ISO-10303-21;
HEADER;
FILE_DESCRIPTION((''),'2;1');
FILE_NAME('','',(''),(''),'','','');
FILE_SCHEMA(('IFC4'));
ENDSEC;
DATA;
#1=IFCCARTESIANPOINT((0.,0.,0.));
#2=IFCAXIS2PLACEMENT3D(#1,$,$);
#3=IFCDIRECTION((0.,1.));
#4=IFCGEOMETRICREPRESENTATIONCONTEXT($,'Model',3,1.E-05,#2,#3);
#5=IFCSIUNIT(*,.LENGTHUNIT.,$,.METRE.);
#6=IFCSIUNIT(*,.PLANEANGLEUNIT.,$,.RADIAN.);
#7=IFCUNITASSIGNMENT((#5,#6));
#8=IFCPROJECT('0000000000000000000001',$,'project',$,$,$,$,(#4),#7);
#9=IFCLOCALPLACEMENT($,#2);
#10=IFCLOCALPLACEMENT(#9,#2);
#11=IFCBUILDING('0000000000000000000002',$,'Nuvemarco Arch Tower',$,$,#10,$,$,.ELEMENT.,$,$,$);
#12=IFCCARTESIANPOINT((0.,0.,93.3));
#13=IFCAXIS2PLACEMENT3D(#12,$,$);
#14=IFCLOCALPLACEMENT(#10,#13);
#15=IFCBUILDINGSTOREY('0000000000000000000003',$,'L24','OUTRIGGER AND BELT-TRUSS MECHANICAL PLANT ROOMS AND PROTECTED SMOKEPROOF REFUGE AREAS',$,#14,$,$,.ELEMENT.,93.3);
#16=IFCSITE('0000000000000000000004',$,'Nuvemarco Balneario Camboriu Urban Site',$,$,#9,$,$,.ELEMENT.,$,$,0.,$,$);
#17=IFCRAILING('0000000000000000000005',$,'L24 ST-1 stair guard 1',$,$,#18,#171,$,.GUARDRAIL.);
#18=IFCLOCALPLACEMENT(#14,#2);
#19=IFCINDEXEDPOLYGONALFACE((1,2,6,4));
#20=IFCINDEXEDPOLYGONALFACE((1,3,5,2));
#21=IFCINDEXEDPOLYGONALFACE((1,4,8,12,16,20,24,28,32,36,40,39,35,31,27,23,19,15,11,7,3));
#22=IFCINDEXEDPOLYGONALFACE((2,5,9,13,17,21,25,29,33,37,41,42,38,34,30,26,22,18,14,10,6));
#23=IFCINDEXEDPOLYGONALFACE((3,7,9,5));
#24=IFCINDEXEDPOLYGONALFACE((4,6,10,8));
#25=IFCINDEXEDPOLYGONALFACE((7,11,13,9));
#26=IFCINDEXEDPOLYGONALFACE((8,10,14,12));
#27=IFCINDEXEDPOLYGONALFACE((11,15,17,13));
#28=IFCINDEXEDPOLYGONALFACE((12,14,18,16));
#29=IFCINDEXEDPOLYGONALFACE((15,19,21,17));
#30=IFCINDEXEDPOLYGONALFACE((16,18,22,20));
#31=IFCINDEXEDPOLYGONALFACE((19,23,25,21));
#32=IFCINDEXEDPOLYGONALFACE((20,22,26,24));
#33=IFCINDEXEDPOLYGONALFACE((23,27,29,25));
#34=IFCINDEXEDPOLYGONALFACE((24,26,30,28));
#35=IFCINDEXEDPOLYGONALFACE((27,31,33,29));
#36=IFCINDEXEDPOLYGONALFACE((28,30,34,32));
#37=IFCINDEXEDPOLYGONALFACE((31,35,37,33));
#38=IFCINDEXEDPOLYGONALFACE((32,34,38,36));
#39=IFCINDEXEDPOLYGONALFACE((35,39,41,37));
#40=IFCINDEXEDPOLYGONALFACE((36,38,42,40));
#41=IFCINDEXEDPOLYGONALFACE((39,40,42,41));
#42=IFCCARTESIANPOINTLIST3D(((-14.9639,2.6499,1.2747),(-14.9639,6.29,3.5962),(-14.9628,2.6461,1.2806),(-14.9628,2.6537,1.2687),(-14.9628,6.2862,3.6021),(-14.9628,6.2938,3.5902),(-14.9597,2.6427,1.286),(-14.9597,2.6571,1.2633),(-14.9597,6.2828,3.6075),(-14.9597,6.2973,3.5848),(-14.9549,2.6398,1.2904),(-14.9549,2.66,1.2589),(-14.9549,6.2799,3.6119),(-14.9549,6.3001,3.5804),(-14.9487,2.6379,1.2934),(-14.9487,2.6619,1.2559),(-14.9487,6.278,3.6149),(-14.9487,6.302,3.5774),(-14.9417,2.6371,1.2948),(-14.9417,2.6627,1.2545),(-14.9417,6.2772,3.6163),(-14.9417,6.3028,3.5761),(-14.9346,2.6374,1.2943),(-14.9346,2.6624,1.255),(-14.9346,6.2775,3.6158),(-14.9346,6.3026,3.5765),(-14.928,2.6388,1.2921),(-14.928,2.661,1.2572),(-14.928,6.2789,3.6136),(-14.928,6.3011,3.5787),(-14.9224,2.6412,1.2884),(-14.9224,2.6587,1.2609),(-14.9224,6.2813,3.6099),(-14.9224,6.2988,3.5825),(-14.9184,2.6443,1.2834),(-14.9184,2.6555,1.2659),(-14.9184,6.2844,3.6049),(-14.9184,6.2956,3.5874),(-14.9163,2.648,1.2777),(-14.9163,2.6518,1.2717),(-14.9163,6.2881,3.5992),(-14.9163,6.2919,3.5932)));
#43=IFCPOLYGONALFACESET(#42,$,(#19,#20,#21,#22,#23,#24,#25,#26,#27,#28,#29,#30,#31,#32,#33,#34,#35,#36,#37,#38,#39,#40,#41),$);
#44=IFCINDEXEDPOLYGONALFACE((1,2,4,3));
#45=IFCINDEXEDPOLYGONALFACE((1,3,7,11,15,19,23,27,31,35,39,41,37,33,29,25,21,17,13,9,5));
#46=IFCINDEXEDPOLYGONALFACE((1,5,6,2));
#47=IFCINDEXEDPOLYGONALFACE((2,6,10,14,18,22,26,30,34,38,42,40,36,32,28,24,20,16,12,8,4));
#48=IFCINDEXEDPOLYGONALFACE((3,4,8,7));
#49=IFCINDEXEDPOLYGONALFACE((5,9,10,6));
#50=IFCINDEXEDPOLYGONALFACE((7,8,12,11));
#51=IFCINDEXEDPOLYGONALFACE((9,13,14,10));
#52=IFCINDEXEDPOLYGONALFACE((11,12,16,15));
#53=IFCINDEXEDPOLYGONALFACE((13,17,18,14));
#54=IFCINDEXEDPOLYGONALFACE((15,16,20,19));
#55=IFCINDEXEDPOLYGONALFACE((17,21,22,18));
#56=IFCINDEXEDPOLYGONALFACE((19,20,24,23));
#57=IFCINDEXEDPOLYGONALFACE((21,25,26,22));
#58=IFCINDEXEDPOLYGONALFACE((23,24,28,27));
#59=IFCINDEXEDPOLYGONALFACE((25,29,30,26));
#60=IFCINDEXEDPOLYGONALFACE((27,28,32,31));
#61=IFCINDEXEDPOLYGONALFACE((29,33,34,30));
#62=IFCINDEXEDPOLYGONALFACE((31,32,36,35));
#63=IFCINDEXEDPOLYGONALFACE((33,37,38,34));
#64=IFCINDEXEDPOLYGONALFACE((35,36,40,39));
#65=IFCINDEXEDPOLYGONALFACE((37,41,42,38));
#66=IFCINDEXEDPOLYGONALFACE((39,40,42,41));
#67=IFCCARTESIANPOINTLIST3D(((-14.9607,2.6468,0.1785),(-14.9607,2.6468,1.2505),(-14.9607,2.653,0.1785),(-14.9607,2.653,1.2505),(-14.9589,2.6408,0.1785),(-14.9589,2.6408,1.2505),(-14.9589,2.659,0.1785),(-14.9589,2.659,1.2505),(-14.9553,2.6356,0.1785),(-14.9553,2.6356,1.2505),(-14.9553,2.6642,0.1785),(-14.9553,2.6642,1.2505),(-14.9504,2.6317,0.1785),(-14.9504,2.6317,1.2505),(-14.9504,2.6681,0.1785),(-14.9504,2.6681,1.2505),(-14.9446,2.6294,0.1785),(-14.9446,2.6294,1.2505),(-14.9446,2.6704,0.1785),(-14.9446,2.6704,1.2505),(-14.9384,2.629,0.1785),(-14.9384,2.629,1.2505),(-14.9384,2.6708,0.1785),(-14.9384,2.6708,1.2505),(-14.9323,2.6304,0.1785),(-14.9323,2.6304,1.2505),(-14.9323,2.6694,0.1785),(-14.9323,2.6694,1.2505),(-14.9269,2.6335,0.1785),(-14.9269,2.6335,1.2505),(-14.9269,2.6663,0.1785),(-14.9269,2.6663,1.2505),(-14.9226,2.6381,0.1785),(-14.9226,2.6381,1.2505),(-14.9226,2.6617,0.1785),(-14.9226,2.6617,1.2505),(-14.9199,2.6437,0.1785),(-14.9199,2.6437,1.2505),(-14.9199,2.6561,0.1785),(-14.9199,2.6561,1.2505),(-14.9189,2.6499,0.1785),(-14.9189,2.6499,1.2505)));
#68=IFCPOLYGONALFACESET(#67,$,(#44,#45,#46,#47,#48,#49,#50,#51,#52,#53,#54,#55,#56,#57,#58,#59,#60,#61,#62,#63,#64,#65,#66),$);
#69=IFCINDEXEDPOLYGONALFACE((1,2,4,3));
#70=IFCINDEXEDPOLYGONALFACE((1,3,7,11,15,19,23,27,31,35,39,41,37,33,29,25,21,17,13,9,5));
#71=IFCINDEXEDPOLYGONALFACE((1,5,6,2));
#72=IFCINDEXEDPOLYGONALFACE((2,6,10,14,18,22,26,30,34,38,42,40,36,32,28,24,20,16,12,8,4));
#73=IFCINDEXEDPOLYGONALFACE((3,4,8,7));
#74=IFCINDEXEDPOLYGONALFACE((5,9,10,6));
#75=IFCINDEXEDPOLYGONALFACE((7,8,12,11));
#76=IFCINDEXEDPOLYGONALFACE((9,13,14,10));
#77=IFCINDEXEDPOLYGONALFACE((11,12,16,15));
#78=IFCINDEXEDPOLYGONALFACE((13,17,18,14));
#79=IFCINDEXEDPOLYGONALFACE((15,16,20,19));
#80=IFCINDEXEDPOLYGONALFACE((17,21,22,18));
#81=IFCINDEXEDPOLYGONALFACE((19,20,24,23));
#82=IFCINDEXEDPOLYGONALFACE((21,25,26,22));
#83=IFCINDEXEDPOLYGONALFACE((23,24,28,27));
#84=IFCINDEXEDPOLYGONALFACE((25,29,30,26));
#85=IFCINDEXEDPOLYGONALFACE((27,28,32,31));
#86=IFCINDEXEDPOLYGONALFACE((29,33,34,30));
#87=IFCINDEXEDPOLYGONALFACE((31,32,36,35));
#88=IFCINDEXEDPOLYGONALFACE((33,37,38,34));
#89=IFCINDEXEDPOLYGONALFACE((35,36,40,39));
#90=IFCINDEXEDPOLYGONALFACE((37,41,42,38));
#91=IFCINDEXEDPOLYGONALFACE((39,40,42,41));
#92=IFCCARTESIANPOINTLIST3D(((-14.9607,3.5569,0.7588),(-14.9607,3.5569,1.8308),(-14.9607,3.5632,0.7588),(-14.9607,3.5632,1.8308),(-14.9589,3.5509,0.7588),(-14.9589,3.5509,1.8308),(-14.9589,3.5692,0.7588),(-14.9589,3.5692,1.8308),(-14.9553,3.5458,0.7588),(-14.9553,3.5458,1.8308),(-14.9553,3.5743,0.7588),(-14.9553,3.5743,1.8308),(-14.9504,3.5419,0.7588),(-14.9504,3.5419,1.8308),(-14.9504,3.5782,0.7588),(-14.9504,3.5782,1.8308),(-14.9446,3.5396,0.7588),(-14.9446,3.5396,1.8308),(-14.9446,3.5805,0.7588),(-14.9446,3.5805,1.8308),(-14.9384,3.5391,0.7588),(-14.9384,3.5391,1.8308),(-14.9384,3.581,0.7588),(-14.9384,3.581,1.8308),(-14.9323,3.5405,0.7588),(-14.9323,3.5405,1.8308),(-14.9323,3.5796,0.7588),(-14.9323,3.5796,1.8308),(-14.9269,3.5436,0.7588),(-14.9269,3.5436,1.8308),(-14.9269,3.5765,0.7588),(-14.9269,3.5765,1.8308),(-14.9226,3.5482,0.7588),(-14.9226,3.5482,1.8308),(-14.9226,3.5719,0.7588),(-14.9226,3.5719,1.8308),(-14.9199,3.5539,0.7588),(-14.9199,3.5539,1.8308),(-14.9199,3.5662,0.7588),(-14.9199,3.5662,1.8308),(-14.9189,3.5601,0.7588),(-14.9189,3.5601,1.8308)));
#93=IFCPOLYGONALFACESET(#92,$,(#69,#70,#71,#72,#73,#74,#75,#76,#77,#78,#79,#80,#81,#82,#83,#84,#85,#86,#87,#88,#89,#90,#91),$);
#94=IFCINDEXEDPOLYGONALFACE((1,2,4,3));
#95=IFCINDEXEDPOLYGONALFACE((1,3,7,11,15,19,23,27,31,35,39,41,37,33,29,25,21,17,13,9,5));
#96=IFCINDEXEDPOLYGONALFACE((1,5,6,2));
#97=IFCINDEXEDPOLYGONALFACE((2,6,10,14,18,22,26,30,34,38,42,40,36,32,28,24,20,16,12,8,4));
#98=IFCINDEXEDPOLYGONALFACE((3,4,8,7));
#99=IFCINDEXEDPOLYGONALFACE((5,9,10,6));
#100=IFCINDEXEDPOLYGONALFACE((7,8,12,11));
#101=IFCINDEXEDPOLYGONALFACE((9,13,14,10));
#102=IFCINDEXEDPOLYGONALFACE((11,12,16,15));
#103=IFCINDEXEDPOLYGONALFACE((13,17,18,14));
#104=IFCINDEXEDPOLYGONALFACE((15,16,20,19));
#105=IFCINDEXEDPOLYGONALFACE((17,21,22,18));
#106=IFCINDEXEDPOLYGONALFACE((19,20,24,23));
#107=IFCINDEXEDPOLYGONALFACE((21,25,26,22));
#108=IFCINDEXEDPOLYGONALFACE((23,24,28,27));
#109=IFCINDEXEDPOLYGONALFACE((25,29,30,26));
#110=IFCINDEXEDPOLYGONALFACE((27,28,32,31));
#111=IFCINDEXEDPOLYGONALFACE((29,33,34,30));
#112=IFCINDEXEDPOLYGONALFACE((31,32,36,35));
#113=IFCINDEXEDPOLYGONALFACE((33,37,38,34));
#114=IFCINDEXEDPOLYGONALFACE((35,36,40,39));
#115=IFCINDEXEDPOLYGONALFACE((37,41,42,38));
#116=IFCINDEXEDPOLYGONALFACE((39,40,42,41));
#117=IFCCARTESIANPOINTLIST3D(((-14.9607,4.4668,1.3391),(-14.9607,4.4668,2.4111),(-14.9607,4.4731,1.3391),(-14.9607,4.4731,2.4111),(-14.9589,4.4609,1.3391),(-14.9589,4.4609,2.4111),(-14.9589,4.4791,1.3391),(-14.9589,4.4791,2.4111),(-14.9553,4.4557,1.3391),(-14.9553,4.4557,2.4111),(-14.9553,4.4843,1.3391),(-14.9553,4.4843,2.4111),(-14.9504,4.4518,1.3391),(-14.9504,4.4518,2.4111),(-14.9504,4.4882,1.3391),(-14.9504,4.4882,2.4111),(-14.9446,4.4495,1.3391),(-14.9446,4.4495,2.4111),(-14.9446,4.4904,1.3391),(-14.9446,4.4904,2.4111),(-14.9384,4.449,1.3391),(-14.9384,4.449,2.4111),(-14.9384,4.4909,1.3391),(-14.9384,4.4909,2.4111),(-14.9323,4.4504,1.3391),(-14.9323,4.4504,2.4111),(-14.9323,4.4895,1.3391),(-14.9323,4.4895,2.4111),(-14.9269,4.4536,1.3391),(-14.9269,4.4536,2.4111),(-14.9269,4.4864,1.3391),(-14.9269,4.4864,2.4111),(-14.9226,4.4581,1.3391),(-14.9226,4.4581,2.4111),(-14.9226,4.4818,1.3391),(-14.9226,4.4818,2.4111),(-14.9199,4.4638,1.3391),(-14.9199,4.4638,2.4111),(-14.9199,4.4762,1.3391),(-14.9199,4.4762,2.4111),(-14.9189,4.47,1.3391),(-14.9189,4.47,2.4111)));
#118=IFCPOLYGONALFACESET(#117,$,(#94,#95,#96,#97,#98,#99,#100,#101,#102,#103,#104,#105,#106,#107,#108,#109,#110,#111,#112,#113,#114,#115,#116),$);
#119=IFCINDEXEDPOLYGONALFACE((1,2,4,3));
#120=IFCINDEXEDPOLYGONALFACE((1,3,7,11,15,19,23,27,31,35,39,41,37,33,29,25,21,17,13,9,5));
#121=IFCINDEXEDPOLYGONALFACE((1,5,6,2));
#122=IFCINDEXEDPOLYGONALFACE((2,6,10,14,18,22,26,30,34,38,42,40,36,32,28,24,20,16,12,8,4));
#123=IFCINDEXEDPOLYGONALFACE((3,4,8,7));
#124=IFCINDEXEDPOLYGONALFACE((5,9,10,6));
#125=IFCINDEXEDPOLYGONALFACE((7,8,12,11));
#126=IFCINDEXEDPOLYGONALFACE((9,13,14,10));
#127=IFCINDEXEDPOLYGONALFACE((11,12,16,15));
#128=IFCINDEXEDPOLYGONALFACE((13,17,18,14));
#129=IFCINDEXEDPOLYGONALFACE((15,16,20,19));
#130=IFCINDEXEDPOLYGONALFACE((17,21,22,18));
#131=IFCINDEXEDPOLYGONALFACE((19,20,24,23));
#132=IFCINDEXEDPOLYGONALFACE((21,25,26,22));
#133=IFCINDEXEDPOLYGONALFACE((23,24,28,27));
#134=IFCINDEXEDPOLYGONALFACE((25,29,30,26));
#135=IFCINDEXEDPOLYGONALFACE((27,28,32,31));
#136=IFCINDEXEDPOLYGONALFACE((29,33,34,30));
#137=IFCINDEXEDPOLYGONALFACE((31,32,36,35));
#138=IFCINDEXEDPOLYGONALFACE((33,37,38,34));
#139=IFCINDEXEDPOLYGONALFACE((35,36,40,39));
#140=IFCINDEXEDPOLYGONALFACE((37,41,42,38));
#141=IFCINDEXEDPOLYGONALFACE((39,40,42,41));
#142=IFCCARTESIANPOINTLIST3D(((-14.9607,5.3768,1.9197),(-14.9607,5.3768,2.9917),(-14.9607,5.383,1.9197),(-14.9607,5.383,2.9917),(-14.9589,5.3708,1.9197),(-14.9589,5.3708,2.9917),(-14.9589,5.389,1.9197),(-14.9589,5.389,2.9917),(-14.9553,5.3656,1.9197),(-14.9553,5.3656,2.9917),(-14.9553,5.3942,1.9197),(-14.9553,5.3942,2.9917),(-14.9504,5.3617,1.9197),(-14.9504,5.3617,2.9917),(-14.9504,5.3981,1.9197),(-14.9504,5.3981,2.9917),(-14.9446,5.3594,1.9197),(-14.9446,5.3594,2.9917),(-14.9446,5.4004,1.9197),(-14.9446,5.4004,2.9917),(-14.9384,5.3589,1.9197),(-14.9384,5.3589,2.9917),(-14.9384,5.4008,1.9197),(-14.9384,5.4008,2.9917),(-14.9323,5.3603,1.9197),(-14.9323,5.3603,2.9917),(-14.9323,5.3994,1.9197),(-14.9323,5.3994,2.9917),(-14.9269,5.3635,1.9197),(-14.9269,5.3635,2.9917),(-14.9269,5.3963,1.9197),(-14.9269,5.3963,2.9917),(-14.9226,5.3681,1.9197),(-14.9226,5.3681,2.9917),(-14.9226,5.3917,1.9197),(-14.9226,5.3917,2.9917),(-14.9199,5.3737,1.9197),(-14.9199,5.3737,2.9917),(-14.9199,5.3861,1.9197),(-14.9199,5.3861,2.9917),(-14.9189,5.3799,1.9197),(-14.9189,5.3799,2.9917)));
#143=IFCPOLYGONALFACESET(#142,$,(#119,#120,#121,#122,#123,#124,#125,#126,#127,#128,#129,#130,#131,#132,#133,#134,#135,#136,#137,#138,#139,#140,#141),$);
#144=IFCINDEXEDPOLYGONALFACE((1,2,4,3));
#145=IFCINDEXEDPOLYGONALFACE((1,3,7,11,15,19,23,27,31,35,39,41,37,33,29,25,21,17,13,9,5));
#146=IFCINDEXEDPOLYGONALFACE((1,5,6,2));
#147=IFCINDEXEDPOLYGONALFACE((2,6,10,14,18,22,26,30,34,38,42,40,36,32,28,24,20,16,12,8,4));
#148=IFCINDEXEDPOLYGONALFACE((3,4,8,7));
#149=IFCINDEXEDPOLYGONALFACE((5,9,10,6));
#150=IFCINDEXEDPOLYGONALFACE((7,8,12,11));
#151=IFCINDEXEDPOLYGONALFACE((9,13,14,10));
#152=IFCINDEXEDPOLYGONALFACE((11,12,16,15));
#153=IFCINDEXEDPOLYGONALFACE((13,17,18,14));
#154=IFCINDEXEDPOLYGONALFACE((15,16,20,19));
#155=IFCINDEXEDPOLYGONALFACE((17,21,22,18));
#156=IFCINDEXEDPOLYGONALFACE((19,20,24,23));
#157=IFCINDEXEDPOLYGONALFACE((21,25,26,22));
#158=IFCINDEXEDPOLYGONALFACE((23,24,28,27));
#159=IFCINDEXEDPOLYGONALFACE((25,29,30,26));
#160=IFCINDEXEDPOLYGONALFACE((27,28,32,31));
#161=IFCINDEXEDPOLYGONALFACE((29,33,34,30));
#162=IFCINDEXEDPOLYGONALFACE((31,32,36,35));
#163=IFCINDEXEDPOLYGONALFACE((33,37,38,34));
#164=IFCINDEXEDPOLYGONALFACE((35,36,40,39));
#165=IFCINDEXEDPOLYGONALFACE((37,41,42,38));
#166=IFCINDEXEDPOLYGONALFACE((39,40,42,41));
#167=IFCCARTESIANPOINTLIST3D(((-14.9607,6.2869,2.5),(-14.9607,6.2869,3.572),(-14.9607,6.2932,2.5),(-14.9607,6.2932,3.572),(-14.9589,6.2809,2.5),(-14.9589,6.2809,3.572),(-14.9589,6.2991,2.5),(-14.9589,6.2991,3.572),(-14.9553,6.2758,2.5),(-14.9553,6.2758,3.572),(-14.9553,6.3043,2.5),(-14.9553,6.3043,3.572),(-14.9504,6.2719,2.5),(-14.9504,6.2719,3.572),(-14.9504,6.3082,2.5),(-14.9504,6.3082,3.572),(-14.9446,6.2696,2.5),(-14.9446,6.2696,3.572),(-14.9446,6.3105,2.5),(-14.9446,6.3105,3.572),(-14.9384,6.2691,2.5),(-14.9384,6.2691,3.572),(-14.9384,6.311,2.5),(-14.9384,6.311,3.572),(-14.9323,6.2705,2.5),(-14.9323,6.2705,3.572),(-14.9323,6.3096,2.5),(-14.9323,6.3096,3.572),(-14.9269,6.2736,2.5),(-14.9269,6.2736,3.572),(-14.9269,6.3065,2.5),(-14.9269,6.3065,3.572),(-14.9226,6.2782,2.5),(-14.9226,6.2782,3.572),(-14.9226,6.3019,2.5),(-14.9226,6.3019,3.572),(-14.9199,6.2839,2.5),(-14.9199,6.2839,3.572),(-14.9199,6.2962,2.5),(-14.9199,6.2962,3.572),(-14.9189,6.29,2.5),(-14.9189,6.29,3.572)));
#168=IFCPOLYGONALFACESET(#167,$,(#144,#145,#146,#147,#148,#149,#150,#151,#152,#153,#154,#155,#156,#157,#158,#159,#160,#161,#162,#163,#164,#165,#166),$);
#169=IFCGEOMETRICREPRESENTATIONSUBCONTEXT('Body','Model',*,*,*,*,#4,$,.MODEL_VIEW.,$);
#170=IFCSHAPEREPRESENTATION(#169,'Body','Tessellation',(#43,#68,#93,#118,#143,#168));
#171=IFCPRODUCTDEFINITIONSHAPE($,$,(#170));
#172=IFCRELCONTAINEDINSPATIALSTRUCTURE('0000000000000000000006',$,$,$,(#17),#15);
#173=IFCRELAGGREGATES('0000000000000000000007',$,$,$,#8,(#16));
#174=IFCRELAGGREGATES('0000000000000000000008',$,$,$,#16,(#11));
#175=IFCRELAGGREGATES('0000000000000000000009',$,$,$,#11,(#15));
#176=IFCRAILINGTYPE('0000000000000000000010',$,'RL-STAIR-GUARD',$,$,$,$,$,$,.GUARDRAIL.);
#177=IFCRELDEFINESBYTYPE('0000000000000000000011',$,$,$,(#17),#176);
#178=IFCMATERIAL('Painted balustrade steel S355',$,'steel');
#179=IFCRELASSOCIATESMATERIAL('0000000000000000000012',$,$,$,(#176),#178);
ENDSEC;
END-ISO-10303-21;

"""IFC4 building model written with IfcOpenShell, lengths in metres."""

from ifc_helpers import new_model, si_unit, direction, frame, origin, origin_2d, place, context, subcontext, project, spatial, circle, extrude, material, type_object, element, save


model = new_model("IFC4")

# Units and contexts
model_context = context("Model", 3, precision=1e-05, world=origin(), true_north=direction((0.0, 1.0)))
body_context = subcontext(model_context, "Body", "Model", "MODEL_VIEW")
ifc_project = project(units=[si_unit("LENGTHUNIT", "METRE"), si_unit("PLANEANGLEUNIT", "RADIAN")], contexts=[model_context])

# Site, building, storey
site_placement = place(None, origin())
site = spatial("IfcSite", under=ifc_project, at=site_placement, Name="Nuvemarco Balneario Camboriu Urban Site", CompositionType="ELEMENT", RefElevation=0.0)
building_placement = place(site_placement, origin())
building = spatial("IfcBuilding", under=site, at=building_placement, Name="Nuvemarco Arch Tower", CompositionType="ELEMENT")
storey_placement = place(building_placement, frame((0.0, 0.0, 93.3)))
storey = spatial("IfcBuildingStorey", under=building, at=storey_placement, Name="L24", Description="OUTRIGGER AND BELT-TRUSS MECHANICAL PLANT ROOMS AND PROTECTED SMOKEPROOF REFUGE AREAS", CompositionType="ELEMENT", Elevation=93.3)

# Railing
ifc_material_1 = material(Name="Painted balustrade steel S355", Category="steel")
railing_type_1 = type_object("IfcRailingType", Name="RL-STAIR-GUARD", PredefinedType="GUARDRAIL", material=ifc_material_1)
railing_1_placement = place(storey_placement, frame((-14.9399, 2.6499, 0.1785)))
element("IfcRailing", 1, at=railing_1_placement, inside=storey, type_object=railing_type_1, Name="L24 ST-1 stair guard 1", PredefinedType="GUARDRAIL", context=body_context, shape_type="SweptSolid", body=[
    extrude(circle(Radius=0.0239, at=origin_2d()), frame((0.0, 0.0, 1.0962), z_axis=(0.0, 0.843128, 0.537713), x_axis=(-1.0, 0.0, 0.0)), (0.0, 0.0, 1.0), 4.3174),
    extrude(circle(Radius=0.021, at=origin_2d()), origin(), (0.0, 0.0, 1.0), 1.072),
    extrude(circle(Radius=0.021, at=origin_2d()), frame((0.0, 0.9102, 0.5803)), (0.0, 0.0, 1.0), 1.072),
    extrude(circle(Radius=0.021, at=origin_2d()), frame((0.0, 1.8201, 1.1606)), (0.0, 0.0, 1.0), 1.072),
    extrude(circle(Radius=0.021, at=origin_2d()), frame((0.0, 2.73, 1.7412)), (0.0, 0.0, 1.0), 1.072),
    extrude(circle(Radius=0.021, at=origin_2d()), frame((0.0, 3.6401, 2.3215)), (0.0, 0.0, 1.0), 1.072),
])

save(model, "model.ifc")
